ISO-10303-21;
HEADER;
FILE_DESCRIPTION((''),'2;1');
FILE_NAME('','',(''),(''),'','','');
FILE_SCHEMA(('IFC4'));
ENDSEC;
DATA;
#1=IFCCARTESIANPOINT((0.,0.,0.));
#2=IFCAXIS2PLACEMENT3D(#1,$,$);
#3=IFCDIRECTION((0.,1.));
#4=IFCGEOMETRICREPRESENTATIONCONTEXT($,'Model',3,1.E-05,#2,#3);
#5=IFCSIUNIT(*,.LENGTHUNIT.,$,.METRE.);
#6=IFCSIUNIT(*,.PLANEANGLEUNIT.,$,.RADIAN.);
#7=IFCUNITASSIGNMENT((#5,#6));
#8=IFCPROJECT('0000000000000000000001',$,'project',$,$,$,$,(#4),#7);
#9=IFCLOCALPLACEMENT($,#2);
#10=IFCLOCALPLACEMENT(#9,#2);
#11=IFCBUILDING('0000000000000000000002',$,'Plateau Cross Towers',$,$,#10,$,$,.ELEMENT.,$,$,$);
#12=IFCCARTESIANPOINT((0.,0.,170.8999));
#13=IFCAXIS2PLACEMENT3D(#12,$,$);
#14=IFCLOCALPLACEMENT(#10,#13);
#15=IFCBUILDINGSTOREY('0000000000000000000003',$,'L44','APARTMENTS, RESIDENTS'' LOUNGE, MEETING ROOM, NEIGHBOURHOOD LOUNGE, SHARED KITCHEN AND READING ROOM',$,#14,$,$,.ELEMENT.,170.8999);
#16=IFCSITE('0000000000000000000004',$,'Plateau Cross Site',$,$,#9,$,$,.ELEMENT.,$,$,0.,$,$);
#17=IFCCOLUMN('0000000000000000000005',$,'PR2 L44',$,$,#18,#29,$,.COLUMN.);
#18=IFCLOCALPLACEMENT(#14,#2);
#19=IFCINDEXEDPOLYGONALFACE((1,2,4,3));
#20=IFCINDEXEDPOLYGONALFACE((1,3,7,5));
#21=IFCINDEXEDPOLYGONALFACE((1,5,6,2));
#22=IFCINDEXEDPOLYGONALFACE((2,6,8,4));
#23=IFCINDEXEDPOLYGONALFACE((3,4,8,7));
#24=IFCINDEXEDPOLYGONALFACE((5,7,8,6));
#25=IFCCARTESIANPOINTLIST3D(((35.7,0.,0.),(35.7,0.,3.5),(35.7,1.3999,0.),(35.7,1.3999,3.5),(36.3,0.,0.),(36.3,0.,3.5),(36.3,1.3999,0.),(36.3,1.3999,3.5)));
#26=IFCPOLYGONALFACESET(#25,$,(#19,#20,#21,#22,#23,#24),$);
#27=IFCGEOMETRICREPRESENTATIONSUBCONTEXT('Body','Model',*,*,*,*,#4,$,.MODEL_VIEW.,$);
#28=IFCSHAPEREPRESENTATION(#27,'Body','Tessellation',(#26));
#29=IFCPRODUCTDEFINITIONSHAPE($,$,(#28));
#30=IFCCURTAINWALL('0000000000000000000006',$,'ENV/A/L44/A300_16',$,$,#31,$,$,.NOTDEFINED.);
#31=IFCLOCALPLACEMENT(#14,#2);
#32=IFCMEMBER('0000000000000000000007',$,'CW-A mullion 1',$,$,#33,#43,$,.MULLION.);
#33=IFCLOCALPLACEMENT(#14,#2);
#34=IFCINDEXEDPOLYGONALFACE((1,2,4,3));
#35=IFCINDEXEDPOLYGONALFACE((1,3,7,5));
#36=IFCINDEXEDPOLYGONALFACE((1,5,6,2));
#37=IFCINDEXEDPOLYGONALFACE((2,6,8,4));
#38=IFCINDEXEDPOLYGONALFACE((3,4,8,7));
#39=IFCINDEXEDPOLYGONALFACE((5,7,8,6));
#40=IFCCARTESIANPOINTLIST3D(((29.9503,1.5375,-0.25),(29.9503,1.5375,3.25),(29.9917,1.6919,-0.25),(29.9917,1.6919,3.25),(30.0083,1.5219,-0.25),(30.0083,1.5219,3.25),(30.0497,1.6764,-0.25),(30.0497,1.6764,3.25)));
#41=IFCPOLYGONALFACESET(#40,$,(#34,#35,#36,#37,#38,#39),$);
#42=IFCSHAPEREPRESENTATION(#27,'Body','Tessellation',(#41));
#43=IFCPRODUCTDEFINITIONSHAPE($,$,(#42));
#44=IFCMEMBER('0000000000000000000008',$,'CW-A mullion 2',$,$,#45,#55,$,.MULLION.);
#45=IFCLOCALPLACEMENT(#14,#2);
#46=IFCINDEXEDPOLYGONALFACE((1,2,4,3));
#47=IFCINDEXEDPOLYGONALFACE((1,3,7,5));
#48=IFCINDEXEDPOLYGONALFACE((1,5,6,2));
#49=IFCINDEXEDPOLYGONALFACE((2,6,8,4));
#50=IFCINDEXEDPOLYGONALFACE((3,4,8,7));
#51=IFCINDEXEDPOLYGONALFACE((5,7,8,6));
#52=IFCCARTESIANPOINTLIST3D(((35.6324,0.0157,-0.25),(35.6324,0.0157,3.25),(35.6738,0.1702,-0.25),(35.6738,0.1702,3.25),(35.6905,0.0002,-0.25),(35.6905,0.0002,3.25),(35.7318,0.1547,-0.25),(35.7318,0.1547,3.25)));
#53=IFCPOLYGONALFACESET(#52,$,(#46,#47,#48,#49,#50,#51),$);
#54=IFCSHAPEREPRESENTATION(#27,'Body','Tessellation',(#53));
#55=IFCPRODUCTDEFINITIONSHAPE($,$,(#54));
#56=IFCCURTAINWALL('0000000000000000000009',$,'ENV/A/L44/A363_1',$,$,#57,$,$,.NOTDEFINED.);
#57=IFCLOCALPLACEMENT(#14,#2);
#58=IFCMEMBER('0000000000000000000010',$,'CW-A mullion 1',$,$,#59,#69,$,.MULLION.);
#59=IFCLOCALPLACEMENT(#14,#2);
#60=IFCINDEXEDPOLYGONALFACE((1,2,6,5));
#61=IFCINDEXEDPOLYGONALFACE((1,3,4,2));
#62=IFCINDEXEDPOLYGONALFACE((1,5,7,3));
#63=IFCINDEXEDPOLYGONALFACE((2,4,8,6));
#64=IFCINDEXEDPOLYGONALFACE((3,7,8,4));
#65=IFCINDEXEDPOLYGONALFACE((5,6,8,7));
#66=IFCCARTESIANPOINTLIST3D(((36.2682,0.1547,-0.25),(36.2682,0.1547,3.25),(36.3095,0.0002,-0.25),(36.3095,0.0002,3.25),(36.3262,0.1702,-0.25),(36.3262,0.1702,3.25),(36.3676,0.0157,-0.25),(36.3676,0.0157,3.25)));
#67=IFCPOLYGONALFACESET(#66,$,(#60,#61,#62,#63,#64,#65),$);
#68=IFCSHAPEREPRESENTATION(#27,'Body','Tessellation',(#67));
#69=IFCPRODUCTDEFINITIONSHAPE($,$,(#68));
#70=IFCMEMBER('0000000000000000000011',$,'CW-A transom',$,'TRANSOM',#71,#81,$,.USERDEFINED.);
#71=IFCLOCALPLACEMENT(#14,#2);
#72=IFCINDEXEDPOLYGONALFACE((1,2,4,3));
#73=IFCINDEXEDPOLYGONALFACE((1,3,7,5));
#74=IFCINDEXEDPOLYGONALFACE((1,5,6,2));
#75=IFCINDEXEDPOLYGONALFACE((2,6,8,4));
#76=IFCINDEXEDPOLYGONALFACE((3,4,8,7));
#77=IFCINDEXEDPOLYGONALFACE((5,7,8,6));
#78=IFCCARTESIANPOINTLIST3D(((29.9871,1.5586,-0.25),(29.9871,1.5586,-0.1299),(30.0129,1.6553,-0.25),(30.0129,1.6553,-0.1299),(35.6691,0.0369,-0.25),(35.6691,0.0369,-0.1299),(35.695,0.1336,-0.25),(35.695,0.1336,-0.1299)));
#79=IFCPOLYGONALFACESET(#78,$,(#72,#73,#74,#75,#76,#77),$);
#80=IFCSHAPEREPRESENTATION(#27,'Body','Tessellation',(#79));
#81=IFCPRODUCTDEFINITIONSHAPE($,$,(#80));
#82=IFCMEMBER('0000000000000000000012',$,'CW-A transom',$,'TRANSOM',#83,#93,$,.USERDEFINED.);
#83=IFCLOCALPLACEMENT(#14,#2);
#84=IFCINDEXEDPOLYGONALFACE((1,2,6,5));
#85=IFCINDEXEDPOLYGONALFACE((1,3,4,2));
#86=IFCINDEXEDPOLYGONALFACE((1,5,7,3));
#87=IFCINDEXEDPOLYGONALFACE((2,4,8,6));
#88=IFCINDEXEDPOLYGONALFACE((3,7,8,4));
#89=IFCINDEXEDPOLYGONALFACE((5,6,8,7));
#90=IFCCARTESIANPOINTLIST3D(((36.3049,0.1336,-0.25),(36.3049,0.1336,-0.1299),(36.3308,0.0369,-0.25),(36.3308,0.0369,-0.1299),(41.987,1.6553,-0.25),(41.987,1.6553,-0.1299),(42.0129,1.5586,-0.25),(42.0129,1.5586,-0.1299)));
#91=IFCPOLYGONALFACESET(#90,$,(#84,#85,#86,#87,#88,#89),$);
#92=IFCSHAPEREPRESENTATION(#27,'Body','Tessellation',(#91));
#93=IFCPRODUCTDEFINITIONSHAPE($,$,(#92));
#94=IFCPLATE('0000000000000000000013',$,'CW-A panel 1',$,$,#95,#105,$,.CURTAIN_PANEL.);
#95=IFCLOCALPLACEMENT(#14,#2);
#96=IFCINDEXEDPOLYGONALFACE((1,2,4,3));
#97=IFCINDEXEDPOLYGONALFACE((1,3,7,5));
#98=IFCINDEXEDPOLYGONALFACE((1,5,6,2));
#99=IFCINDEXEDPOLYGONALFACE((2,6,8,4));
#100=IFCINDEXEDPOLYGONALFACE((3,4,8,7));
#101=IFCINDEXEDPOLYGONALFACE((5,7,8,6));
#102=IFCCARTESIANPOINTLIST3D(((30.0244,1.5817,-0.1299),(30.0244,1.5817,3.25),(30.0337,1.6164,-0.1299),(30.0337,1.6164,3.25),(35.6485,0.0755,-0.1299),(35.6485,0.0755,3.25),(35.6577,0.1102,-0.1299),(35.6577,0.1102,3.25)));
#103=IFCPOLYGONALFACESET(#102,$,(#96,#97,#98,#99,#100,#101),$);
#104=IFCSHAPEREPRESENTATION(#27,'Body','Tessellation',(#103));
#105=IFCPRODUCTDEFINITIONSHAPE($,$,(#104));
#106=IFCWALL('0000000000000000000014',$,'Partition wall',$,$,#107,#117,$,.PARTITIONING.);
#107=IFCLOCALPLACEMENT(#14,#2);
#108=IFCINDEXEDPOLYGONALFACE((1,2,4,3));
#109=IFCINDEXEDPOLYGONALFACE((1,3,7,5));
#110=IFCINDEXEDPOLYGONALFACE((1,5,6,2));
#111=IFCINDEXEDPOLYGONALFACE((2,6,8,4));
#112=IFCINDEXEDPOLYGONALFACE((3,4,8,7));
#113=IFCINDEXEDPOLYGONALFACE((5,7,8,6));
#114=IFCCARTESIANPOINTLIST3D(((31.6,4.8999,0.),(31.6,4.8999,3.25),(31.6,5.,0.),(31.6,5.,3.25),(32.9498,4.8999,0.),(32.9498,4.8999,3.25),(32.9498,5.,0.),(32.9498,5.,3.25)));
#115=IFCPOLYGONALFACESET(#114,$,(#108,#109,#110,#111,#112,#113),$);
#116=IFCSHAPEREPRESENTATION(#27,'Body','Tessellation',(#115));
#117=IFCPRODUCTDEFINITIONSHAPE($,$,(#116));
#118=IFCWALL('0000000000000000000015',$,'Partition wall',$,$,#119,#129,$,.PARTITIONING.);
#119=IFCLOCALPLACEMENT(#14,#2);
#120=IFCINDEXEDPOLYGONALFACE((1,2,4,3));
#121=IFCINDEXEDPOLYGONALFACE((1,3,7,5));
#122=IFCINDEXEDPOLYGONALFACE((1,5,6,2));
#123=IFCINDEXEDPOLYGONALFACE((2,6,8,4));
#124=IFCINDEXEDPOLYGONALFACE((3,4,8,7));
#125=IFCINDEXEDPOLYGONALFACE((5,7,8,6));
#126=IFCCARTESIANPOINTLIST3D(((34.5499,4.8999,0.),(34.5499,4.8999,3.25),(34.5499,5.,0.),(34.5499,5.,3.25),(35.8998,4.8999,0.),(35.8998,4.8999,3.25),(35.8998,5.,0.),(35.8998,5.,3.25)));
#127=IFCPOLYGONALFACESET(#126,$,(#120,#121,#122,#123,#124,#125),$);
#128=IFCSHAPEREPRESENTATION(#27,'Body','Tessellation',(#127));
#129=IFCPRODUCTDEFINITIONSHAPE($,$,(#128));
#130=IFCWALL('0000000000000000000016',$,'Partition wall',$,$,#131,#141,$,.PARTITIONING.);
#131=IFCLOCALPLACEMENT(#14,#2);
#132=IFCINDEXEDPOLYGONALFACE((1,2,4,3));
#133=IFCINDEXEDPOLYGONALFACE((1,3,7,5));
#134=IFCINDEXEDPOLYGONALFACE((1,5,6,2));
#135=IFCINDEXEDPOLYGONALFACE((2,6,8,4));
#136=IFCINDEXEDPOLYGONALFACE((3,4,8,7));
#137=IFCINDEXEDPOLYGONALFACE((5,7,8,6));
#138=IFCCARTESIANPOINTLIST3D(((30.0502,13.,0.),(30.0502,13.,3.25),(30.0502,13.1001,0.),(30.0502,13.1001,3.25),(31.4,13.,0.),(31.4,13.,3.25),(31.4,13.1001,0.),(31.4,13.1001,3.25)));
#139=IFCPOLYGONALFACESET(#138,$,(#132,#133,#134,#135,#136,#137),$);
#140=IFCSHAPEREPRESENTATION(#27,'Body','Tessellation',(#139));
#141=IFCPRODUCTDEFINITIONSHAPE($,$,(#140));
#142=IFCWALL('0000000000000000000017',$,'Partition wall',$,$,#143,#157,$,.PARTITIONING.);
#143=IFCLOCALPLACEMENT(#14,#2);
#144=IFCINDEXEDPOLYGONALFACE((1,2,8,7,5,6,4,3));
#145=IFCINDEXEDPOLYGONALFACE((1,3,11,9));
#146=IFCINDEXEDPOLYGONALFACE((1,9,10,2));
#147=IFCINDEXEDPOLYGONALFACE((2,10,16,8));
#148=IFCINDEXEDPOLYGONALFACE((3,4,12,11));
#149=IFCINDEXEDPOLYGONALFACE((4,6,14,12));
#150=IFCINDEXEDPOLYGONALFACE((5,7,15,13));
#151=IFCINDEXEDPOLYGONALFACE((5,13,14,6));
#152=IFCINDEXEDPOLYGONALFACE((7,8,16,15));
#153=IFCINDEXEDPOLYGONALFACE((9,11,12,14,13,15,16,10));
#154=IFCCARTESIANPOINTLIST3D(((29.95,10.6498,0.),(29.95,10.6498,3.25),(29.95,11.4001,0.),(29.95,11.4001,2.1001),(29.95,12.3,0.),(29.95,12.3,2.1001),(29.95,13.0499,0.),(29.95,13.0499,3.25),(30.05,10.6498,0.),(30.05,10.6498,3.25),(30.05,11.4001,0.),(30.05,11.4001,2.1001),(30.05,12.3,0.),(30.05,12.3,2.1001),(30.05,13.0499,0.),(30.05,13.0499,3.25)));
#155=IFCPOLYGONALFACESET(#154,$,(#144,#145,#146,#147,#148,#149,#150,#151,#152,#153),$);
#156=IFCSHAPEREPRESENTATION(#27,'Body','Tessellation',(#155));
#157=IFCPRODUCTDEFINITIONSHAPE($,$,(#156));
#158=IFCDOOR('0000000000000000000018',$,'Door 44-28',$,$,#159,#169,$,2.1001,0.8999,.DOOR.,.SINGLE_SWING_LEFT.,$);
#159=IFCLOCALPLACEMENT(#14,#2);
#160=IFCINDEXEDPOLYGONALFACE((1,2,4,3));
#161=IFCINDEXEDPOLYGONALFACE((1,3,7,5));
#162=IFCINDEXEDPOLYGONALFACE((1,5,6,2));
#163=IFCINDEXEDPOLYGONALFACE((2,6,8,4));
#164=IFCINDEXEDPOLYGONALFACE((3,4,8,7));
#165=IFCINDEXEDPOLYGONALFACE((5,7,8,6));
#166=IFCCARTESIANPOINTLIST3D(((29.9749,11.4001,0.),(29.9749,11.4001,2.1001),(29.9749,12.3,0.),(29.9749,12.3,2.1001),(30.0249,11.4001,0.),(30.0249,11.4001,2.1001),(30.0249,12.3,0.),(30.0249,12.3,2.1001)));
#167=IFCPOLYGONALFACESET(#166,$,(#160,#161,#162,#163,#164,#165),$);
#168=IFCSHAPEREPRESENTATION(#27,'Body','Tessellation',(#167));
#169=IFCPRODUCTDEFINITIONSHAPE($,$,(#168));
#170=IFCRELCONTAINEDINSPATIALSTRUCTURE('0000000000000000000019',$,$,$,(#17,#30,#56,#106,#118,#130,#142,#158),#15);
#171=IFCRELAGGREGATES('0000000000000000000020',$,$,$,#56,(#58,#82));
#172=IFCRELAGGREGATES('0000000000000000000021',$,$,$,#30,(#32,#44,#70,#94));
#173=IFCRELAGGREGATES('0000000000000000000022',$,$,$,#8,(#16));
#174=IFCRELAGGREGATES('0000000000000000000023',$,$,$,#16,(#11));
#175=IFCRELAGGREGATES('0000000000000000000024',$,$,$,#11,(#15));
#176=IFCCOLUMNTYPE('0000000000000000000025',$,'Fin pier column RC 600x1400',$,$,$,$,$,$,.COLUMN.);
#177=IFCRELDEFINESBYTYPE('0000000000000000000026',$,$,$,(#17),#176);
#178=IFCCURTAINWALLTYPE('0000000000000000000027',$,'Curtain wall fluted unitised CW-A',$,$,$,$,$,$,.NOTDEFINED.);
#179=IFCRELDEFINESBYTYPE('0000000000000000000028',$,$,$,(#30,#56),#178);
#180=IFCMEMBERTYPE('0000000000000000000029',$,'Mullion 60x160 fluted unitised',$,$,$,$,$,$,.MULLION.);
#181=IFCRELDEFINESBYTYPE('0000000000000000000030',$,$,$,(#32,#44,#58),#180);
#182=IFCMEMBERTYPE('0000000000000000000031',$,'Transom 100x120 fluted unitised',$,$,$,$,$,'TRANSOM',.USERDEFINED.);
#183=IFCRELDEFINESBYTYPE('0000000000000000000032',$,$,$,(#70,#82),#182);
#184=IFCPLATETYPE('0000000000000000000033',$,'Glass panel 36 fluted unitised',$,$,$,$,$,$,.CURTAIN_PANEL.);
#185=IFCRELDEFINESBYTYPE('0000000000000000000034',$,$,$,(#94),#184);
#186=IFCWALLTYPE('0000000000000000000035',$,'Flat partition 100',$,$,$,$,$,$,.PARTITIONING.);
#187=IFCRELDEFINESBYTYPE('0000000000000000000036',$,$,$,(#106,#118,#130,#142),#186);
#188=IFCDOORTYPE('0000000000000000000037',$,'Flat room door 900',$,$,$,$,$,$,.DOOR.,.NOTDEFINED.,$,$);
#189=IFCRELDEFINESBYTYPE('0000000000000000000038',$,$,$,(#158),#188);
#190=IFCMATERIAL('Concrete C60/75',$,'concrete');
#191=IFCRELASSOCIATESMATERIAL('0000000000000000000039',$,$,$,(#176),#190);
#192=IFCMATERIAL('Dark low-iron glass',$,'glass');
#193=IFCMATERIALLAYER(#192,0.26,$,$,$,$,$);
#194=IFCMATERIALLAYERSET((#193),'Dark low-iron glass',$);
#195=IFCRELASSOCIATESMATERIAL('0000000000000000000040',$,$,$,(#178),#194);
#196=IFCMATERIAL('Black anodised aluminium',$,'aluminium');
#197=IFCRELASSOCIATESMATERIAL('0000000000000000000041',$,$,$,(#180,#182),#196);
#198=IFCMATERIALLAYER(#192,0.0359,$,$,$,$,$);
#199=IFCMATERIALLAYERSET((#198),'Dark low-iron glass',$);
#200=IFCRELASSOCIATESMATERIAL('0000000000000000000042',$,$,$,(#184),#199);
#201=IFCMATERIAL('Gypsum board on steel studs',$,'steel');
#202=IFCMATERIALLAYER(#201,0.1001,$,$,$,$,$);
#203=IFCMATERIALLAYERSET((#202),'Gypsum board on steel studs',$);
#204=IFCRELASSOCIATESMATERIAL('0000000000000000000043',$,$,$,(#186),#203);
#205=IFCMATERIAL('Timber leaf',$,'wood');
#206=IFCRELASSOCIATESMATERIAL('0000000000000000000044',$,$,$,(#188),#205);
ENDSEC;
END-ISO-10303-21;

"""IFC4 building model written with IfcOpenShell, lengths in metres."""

from ifc_helpers import new_model, si_unit, direction, frame, frame_2d, origin, origin_2d, place, context, subcontext, project, spatial, rectangle, extrude, material, layer, layer_set, material_profile, profile_set, type_object, element, fill, aggregate, save


model = new_model("IFC4")

# Units and contexts
model_context = context("Model", 3, precision=1e-05, world=origin(), true_north=direction((0.0, 1.0)))
body_context = subcontext(model_context, "Body", "Model", "MODEL_VIEW")
ifc_project = project(units=[si_unit("LENGTHUNIT", "METRE"), si_unit("PLANEANGLEUNIT", "RADIAN")], contexts=[model_context])

# Site, building, storey
site_placement = place(None, origin())
site = spatial("IfcSite", under=ifc_project, at=site_placement, Name="Plateau Cross Site", CompositionType="ELEMENT", RefElevation=0.0)
building_placement = place(site_placement, origin())
building = spatial("IfcBuilding", under=site, at=building_placement, Name="Plateau Cross Towers", CompositionType="ELEMENT")
storey_placement = place(building_placement, frame((0.0, 0.0, 170.8999)))
storey = spatial("IfcBuildingStorey", under=building, at=storey_placement, Name="L44", Description="APARTMENTS, RESIDENTS' LOUNGE, MEETING ROOM, NEIGHBOURHOOD LOUNGE, SHARED KITCHEN AND READING ROOM", CompositionType="ELEMENT", Elevation=170.8999)

# Column
ifc_material_1 = material(Name="Concrete C60/75", Category="concrete")
ifc_material_profile_1 = material_profile(ifc_material_1, rectangle(XDim=0.6001, YDim=1.3999, at=origin_2d()), Name="RC 600x1400")
ifc_profile_set_1 = profile_set([ifc_material_profile_1], Name="Concrete C60/75")
column_type = type_object("IfcColumnType", Name="Fin pier column RC 600x1400", PredefinedType="COLUMN", material=ifc_profile_set_1)
column_placement = place(storey_placement, frame((36.0, 0.7, 0.0), z_axis=(0.0, 0.0, 1.0), x_axis=(1.0, 0.0, 0.0)))
element("IfcColumn", 1, at=column_placement, inside=storey, type_object=column_type, Name="PR2 L44", PredefinedType="COLUMN", context=body_context, shape_type="SweptSolid", body=[
    extrude(rectangle(XDim=0.6001, YDim=1.3999, at=origin_2d()), origin(), (0.0, 0.0, 1.0), 3.5),
])

# Curtain wall, members
ifc_material_2 = material(Name="Dark low-iron glass", Category="glass")
ifc_layer_1 = layer(ifc_material_2, 0.26)
ifc_layer_set_1 = layer_set([ifc_layer_1], Name="Dark low-iron glass")
curtain_wall_type = type_object("IfcCurtainWallType", Name="Curtain wall fluted unitised CW-A", PredefinedType="NOTDEFINED", material=ifc_layer_set_1)
curtain_wall_1_placement = place(storey_placement, origin())
curtain_wall_1 = element("IfcCurtainWall", 2, at=curtain_wall_1_placement, inside=storey, type_object=curtain_wall_type, Name="ENV/A/L44/A300_16", PredefinedType="NOTDEFINED")
ifc_material_3 = material(Name="Black anodised aluminium", Category="aluminium")
ifc_material_profile_2 = material_profile(ifc_material_3, rectangle(XDim=0.0601, YDim=0.1599, at=origin_2d()), Name="MULLION 60x160")
ifc_profile_set_2 = profile_set([ifc_material_profile_2], Name="Black anodised aluminium")
member_type_1 = type_object("IfcMemberType", Name="Mullion 60x160 fluted unitised", PredefinedType="MULLION", material=ifc_profile_set_2)
member_1_placement = place(storey_placement, frame((30.0, 1.6069, -0.25), z_axis=(0.0, 0.0, 1.0), x_axis=(0.965958, -0.258699, 0.0)))
member_1 = element("IfcMember", 3, at=member_1_placement, type_object=member_type_1, Name="CW-A mullion 1", PredefinedType="MULLION", context=body_context, shape_type="SweptSolid", body=[
    extrude(rectangle(XDim=0.0601, YDim=0.1599, at=origin_2d()), origin(), (0.0, 0.0, 1.0), 3.5),
])
member_2_placement = place(storey_placement, frame((35.6821, 0.0852, -0.25), z_axis=(0.0, 0.0, 1.0), x_axis=(0.965958, -0.258699, 0.0)))
member_2 = element("IfcMember", 4, at=member_2_placement, type_object=member_type_1, Name="CW-A mullion 2", PredefinedType="MULLION", context=body_context, shape_type="SweptSolid", body=[
    extrude(rectangle(XDim=0.0601, YDim=0.1599, at=origin_2d()), origin(), (0.0, 0.0, 1.0), 3.5),
])

# Curtain wall, member
curtain_wall_2_placement = place(storey_placement, origin())
curtain_wall_2 = element("IfcCurtainWall", 5, at=curtain_wall_2_placement, inside=storey, type_object=curtain_wall_type, Name="ENV/A/L44/A363_1", PredefinedType="NOTDEFINED")
member_3_placement = place(storey_placement, frame((36.3179, 0.0852, -0.25), z_axis=(0.0, 0.0, 1.0), x_axis=(0.965958, 0.258699, 0.0)))
member_3 = element("IfcMember", 6, at=member_3_placement, type_object=member_type_1, Name="CW-A mullion 1", PredefinedType="MULLION", context=body_context, shape_type="SweptSolid", body=[
    extrude(rectangle(XDim=0.0601, YDim=0.1599, at=origin_2d()), origin(), (0.0, 0.0, 1.0), 3.5),
])

# Members
ifc_material_profile_3 = material_profile(ifc_material_3, rectangle(XDim=0.1001, YDim=0.1201, at=origin_2d()), Name="TRANSOM 100x120")
ifc_profile_set_3 = profile_set([ifc_material_profile_3], Name="Black anodised aluminium")
member_type_2 = type_object("IfcMemberType", Name="Transom 100x120 fluted unitised", ElementType="TRANSOM", PredefinedType="USERDEFINED", material=ifc_profile_set_3)
member_4_placement = place(storey_placement, frame((30.0, 1.6069, -0.1899), z_axis=(0.96596, -0.258693, 0.0), x_axis=(0.258693, 0.96596, 0.0)))
member_4 = element("IfcMember", 7, at=member_4_placement, type_object=member_type_2, Name="CW-A transom", ObjectType="TRANSOM", PredefinedType="USERDEFINED", context=body_context, shape_type="SweptSolid", body=[
    extrude(rectangle(XDim=0.1001, YDim=0.1201, at=origin_2d()), origin(), (0.0, 0.0, 1.0), 5.8823),
])
member_5_placement = place(storey_placement, frame((36.3179, 0.0852, -0.1899), z_axis=(0.96596, 0.258693, 0.0), x_axis=(-0.258693, 0.96596, 0.0)))
member_5 = element("IfcMember", 8, at=member_5_placement, type_object=member_type_2, Name="CW-A transom", ObjectType="TRANSOM", PredefinedType="USERDEFINED", context=body_context, shape_type="SweptSolid", body=[
    extrude(rectangle(XDim=0.1001, YDim=0.1201, at=origin_2d()), origin(), (0.0, 0.0, 1.0), 5.8823),
])
aggregate(curtain_wall_2, [member_3, member_5])

# Plate
ifc_layer_2 = layer(ifc_material_2, 0.0359)
ifc_layer_set_2 = layer_set([ifc_layer_2], Name="Dark low-iron glass")
plate_type = type_object("IfcPlateType", Name="Glass panel 36 fluted unitised", PredefinedType="CURTAIN_PANEL", material=ifc_layer_set_2)
plate_placement = place(storey_placement, frame((32.8411, 0.8459, -0.1299), z_axis=(0.0, 0.0, 1.0), x_axis=(0.965958, -0.258699, 0.0)))
plate = element("IfcPlate", 9, at=plate_placement, type_object=plate_type, Name="CW-A panel 1", PredefinedType="CURTAIN_PANEL", context=body_context, shape_type="SweptSolid", body=[
    extrude(rectangle(XDim=5.8223, YDim=0.0359, at=origin_2d()), origin(), (0.0, 0.0, 1.0), 3.3799),
])
aggregate(curtain_wall_1, [member_1, member_2, member_4, plate])

# Walls
ifc_material_4 = material(Name="Gypsum board on steel studs", Category="steel")
ifc_layer_3 = layer(ifc_material_4, 0.1001)
ifc_layer_set_3 = layer_set([ifc_layer_3], Name="Gypsum board on steel studs")
wall_type_1 = type_object("IfcWallType", Name="Flat partition 100", PredefinedType="PARTITIONING", material=ifc_layer_set_3)
for number, where, z_axis, x_axis, name in (
    (10, (31.6001, 4.95, 0.0), (0.0, 0.0, 1.0), (1.0, 0.0, 0.0), "Partition wall"),
    (11, (34.55, 4.95, 0.0), (0.0, 0.0, 1.0), (1.0, 0.0, 0.0), "Partition wall"),
    (12, (31.3999, 13.05, 0.0), (0.0, 0.0, 1.0), (-1.0, 0.0, 0.0), "Partition wall"),
):
    element("IfcWall", number, at=place(storey_placement, frame(where, z_axis=z_axis, x_axis=x_axis)), inside=storey, type_object=wall_type_1, Name=name, PredefinedType="PARTITIONING", context=body_context, shape_type="SweptSolid", body=[
        extrude(rectangle(XDim=1.3499, YDim=0.1001, at=frame_2d((0.6748, 0.0))), origin(), (0.0, 0.0, 1.0), 3.25),
    ])

# Wall, opening, door
wall_1_placement = place(storey_placement, frame((30.0, 13.05, 0.0), z_axis=(0.0, 0.0, 1.0), x_axis=(0.0, -1.0, 0.0)))
wall_1 = element("IfcWall", 13, at=wall_1_placement, inside=storey, type_object=wall_type_1, Name="Partition wall", PredefinedType="PARTITIONING", context=body_context, shape_type="SweptSolid", body=[
    extrude(rectangle(XDim=2.4001, YDim=0.1001, at=frame_2d((1.2002, 0.0))), origin(), (0.0, 0.0, 1.0), 3.25),
])
opening_1_placement = place(wall_1_placement, frame((0.75, 0.0, 0.0)))
opening_1 = element("IfcOpeningElement", 14, at=opening_1_placement, cuts=wall_1, PredefinedType="OPENING", context=body_context, shape_type="SweptSolid", body=[
    extrude(rectangle(XDim=0.8999, YDim=2.1001, at=frame_2d((0.45, 1.05))), frame((0.0, 0.0601, 0.0), z_axis=(0.0, -1.0, 0.0), x_axis=(1.0, 0.0, 0.0)), (0.0, 0.0, 1.0), 0.1201),
])
ifc_material_5 = material(Name="Timber leaf", Category="wood")
door_type_1 = type_object("IfcDoorType", Name="Flat room door 900", OperationType="NOTDEFINED", PredefinedType="DOOR", material=ifc_material_5)
door_1_placement = place(opening_1_placement, origin())
door_1 = element("IfcDoor", 15, at=door_1_placement, inside=storey, type_object=door_type_1, Name="Door 44-28", OperationType="SINGLE_SWING_LEFT", OverallHeight=2.1001, OverallWidth=0.8999, PredefinedType="DOOR", context=body_context, shape_type="SweptSolid", body=[
    extrude(rectangle(XDim=0.8999, YDim=2.1001, at=frame_2d((0.45, 1.05))), frame((0.0, 0.0249, 0.0), z_axis=(0.0, -1.0, 0.0), x_axis=(1.0, 0.0, 0.0)), (0.0, 0.0, 1.0), 0.05),
])
fill(opening_1, door_1)

save(model, "model.ifc")
